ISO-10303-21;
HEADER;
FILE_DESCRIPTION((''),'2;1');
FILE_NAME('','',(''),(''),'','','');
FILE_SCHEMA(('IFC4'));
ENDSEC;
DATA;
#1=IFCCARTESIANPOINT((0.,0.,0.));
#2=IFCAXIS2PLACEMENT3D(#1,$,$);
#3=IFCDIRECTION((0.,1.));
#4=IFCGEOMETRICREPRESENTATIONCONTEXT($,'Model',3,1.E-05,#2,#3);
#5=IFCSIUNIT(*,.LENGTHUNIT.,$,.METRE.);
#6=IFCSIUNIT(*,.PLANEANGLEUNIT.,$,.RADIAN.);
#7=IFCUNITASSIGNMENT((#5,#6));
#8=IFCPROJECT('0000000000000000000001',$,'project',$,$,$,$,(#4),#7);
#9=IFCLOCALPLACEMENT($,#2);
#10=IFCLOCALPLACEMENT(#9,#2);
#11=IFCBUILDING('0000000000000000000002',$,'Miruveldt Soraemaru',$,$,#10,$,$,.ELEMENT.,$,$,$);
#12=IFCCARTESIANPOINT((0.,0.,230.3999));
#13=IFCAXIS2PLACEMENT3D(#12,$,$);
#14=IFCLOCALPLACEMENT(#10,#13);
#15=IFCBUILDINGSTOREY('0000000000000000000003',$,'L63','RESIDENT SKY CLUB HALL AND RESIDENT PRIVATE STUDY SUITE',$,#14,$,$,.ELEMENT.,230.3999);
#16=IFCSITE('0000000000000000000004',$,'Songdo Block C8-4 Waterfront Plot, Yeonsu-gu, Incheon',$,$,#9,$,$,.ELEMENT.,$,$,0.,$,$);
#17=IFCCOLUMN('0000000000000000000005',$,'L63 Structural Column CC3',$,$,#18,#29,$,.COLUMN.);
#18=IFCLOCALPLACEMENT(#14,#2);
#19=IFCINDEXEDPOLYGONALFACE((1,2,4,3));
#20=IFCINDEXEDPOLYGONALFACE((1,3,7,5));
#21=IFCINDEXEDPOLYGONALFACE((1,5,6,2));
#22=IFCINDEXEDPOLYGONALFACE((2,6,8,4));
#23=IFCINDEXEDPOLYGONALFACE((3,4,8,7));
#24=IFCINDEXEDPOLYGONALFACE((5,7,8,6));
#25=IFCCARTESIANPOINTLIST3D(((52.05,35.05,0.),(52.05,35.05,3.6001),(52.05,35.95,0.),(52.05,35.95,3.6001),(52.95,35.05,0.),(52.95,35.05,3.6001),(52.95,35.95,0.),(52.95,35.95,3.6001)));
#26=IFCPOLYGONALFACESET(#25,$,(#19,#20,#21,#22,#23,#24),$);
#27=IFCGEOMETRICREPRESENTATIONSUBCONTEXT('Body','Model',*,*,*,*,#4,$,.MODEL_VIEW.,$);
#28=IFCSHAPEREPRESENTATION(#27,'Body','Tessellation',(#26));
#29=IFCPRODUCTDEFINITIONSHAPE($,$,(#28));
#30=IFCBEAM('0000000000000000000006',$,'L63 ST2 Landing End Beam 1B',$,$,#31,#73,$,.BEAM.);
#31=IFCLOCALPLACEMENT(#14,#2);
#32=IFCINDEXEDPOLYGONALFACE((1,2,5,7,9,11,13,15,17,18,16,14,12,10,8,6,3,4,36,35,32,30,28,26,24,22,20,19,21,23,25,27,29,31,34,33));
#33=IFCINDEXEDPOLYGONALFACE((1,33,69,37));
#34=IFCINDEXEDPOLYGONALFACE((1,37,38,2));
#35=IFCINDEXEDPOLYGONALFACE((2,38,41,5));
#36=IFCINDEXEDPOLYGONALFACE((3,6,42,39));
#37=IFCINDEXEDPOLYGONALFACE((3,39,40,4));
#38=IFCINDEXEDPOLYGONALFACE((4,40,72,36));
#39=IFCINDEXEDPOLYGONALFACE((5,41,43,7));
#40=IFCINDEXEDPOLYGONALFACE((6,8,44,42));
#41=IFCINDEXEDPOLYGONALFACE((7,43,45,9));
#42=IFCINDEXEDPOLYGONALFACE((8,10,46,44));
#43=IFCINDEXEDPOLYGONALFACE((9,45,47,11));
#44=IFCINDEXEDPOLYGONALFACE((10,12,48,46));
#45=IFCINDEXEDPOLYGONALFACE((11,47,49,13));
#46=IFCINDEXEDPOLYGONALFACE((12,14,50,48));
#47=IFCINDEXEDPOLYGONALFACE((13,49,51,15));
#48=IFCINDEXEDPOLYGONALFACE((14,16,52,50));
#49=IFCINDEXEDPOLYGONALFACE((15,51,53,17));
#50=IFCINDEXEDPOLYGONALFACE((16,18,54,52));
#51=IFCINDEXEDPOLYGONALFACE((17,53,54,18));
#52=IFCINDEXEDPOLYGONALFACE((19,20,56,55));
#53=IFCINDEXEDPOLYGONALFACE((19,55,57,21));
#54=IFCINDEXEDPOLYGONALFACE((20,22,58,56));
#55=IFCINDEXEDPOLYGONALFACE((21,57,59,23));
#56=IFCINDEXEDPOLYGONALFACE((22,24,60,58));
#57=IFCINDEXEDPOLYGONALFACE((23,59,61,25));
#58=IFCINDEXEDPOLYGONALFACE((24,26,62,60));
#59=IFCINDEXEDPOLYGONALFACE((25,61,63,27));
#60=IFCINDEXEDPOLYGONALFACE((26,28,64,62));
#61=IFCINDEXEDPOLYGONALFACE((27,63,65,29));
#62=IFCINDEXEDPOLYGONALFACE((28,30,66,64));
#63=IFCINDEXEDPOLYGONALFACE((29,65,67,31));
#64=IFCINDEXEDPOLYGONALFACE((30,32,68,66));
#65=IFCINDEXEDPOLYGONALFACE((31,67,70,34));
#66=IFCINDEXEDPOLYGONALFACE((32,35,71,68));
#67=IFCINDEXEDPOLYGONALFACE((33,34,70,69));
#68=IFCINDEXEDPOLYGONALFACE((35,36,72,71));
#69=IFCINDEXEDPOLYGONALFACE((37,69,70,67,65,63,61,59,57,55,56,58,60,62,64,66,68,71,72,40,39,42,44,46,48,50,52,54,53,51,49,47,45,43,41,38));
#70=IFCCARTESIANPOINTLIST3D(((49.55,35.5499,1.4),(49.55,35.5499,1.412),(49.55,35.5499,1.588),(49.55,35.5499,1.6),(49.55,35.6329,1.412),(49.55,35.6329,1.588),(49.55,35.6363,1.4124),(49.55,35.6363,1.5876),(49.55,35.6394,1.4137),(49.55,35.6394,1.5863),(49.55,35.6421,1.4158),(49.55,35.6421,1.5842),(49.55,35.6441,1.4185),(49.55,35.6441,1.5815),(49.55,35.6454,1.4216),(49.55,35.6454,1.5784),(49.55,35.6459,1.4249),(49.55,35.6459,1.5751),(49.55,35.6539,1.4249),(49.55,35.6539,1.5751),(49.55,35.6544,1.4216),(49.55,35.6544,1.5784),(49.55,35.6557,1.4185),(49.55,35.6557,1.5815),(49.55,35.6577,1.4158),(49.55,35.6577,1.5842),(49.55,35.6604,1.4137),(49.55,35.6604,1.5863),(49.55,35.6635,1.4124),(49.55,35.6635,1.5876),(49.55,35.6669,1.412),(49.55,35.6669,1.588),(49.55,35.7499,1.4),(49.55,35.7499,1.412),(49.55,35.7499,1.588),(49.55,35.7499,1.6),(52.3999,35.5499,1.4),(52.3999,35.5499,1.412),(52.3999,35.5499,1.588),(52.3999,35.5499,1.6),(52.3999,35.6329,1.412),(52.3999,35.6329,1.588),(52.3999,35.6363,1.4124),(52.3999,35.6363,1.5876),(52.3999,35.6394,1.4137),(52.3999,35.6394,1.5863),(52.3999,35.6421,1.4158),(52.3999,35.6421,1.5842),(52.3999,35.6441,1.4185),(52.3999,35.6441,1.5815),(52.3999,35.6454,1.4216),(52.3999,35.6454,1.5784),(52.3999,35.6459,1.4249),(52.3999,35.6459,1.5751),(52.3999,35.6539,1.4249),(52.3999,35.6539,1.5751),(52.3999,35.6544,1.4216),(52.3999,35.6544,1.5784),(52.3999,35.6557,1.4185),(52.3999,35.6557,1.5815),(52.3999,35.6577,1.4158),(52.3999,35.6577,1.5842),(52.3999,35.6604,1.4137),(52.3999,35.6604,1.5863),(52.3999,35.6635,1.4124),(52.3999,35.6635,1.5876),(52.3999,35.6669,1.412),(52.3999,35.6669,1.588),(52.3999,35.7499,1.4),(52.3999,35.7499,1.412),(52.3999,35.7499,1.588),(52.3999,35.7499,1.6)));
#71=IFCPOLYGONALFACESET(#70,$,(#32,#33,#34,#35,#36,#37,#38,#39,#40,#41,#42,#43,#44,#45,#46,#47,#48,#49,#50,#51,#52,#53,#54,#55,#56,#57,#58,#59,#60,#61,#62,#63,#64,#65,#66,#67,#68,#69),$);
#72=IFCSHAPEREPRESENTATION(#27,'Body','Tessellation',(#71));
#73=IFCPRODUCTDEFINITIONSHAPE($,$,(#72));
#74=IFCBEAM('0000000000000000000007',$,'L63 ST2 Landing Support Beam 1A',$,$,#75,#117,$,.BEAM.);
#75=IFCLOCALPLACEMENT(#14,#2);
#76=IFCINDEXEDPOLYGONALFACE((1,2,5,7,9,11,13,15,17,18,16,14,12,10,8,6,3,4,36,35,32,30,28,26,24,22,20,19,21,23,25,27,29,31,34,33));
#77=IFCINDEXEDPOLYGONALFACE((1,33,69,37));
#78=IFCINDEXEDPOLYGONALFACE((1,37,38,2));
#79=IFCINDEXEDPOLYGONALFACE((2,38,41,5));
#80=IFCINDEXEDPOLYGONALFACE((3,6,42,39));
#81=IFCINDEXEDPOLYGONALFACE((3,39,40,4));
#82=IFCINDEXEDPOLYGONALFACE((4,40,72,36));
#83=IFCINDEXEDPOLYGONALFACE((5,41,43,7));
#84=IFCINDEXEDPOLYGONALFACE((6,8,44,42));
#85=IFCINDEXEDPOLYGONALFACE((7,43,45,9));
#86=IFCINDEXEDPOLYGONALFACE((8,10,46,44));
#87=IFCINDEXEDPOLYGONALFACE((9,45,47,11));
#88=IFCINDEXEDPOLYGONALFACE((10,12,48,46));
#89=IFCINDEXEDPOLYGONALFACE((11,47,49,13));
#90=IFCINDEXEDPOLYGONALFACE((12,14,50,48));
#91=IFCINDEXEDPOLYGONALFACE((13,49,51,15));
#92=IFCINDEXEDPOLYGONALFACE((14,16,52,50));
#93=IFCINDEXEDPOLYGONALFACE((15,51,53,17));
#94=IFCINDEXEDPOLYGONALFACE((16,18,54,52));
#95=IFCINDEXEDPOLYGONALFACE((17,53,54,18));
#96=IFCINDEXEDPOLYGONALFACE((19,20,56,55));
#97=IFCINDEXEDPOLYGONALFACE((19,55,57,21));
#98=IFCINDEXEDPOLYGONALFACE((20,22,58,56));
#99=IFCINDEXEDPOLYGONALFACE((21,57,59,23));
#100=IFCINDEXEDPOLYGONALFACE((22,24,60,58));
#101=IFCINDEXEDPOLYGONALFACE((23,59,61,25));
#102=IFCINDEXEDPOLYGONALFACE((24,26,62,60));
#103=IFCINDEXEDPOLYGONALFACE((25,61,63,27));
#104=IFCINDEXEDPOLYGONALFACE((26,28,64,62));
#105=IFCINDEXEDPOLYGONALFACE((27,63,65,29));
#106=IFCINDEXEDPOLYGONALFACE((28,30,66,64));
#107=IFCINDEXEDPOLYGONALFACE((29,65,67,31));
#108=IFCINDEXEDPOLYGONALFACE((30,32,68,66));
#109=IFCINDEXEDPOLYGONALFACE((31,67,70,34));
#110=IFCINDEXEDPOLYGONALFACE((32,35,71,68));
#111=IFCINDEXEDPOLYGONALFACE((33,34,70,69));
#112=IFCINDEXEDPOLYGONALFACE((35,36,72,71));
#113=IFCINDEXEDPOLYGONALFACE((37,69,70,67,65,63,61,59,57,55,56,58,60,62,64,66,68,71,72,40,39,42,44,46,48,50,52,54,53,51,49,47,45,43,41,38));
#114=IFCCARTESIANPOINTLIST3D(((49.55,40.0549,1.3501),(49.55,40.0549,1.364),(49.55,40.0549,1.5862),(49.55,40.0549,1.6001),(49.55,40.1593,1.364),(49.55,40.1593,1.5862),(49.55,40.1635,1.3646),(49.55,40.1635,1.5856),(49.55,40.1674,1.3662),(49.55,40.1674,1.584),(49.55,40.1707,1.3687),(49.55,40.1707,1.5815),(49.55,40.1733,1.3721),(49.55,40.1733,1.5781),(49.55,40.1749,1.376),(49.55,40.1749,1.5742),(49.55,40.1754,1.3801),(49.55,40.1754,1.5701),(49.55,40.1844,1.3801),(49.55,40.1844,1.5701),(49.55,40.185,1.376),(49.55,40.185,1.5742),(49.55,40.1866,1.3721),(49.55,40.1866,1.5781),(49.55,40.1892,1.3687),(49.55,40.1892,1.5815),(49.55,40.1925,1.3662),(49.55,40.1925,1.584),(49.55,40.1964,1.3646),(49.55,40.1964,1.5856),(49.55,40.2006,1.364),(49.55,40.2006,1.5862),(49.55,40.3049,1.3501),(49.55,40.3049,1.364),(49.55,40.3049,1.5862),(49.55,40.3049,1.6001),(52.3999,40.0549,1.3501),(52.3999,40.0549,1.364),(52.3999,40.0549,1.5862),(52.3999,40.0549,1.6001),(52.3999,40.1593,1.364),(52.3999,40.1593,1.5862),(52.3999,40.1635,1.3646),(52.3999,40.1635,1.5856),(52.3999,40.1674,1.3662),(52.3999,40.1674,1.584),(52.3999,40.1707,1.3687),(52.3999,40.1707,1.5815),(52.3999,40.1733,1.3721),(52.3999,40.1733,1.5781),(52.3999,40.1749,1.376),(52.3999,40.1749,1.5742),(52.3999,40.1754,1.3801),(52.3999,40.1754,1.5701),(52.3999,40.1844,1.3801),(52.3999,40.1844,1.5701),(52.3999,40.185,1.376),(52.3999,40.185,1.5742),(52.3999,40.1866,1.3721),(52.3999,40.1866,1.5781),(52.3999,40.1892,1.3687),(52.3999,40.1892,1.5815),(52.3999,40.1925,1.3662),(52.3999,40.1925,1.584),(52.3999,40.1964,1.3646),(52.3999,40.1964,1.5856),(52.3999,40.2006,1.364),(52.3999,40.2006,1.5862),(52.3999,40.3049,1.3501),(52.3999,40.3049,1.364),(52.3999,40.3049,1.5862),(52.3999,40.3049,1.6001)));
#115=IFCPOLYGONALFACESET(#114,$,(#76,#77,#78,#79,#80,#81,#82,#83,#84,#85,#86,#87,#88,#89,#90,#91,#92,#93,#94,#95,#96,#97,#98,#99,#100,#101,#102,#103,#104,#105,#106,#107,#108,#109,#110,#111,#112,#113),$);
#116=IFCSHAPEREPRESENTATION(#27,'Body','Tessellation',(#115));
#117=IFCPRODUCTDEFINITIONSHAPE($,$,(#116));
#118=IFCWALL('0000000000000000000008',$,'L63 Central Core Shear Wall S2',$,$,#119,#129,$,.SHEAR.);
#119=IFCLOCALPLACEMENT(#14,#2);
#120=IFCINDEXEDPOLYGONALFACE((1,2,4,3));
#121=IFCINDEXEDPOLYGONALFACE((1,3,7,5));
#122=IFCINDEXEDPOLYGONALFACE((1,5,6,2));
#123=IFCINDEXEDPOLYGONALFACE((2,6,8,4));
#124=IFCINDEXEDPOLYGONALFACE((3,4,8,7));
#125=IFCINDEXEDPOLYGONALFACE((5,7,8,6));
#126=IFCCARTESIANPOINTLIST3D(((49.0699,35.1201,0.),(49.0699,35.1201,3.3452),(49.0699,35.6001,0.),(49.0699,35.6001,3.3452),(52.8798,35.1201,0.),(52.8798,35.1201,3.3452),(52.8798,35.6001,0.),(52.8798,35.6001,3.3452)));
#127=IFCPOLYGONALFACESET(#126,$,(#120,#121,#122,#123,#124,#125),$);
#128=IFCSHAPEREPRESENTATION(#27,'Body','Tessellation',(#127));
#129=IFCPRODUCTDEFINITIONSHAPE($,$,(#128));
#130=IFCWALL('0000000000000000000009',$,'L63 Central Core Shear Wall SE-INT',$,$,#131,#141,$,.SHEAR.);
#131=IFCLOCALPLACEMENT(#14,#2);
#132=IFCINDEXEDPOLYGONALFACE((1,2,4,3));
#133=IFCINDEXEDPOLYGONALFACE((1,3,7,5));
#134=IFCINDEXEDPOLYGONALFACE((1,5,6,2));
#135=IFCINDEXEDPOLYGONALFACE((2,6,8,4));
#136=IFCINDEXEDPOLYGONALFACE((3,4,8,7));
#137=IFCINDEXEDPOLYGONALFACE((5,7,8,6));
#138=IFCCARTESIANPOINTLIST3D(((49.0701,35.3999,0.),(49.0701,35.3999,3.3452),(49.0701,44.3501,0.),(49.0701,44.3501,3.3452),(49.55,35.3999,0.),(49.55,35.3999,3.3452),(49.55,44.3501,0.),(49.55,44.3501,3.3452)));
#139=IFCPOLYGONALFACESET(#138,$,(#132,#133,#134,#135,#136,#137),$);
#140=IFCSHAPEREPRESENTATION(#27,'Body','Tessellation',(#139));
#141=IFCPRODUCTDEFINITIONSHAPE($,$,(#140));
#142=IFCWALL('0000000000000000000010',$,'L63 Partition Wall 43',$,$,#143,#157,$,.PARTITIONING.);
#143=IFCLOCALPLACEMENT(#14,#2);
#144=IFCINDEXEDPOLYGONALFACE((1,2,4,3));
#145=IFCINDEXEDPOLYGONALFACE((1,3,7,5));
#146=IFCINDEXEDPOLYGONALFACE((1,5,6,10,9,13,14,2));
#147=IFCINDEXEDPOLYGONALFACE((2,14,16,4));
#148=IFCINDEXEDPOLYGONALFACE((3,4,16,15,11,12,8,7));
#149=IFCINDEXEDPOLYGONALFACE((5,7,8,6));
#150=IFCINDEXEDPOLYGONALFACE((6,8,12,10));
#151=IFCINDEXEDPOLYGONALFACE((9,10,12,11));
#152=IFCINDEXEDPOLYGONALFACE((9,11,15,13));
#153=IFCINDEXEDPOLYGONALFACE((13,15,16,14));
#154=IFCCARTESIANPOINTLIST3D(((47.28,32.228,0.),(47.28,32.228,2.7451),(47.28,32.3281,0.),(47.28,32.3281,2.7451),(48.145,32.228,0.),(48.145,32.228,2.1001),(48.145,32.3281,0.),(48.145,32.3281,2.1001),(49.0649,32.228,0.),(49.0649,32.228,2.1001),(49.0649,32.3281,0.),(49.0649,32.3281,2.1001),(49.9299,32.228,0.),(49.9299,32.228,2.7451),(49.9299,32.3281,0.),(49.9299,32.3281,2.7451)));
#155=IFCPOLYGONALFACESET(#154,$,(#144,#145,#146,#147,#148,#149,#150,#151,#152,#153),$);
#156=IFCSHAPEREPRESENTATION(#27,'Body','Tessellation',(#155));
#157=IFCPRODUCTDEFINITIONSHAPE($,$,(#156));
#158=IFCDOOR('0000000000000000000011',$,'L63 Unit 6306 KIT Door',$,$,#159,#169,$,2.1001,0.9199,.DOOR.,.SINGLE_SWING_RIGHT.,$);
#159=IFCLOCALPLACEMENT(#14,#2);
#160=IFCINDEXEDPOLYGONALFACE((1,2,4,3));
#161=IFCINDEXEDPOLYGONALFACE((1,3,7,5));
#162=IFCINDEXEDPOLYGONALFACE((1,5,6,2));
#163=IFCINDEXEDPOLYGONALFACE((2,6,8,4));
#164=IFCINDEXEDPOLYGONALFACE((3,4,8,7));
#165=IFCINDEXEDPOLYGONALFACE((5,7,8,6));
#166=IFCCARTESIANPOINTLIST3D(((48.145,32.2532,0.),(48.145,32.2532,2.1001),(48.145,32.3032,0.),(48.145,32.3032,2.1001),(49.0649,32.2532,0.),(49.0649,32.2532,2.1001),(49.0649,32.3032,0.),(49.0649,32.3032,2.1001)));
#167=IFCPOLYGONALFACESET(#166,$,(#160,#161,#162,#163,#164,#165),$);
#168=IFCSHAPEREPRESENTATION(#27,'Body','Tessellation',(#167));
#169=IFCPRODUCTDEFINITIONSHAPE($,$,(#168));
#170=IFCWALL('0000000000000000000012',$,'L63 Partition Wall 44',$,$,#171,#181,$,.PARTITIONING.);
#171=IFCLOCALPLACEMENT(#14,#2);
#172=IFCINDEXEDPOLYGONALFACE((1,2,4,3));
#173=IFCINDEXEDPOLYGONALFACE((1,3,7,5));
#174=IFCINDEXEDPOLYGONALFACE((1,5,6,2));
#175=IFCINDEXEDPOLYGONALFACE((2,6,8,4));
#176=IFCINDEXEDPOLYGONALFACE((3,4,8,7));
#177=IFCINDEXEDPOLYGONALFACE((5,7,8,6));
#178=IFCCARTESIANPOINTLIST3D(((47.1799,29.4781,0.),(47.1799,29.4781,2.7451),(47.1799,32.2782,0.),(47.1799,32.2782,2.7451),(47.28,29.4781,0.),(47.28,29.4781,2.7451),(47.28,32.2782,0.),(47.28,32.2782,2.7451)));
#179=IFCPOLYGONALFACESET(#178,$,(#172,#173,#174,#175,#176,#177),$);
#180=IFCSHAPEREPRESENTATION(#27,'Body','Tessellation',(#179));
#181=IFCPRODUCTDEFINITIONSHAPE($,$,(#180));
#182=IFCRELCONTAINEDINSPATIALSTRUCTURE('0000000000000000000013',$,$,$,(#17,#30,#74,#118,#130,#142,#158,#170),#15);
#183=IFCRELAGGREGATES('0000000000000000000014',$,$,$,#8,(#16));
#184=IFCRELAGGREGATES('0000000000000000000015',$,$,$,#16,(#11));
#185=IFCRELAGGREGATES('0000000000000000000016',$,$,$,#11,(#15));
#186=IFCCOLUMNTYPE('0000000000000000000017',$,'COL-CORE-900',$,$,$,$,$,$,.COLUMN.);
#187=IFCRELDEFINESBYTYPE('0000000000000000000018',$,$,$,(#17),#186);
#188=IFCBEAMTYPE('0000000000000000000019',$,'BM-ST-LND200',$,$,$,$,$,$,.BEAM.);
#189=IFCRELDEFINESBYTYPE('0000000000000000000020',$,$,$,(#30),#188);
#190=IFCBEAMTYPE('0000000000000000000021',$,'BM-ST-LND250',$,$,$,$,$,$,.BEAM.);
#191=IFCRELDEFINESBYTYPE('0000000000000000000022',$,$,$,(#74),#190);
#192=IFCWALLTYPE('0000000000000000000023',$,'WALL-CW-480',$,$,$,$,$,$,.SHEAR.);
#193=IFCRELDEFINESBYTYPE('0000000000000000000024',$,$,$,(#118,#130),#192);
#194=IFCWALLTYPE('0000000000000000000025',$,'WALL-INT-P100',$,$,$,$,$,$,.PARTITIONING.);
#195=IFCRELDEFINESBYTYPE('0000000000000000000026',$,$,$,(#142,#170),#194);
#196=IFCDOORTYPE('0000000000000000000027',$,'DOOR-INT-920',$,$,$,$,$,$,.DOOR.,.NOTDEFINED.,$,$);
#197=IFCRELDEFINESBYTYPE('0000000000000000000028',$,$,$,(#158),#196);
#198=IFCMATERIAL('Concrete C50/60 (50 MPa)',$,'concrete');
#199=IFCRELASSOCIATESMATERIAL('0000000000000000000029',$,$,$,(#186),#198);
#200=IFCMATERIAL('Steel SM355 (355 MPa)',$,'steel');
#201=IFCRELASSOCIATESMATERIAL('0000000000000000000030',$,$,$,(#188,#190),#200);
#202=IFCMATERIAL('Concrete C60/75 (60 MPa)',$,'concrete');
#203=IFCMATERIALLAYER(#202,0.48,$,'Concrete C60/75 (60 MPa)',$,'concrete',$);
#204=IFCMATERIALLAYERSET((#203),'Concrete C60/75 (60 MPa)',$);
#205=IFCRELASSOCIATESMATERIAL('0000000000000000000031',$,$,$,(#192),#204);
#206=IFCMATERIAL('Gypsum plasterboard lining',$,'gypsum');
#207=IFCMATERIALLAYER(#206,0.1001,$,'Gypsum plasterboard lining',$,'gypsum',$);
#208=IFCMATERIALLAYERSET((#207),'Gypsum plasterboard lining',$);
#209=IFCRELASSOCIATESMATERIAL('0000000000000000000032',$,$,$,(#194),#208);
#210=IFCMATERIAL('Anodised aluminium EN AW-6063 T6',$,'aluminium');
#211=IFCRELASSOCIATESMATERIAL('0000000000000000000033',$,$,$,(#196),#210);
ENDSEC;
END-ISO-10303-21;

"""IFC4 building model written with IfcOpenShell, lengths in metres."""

from ifc_helpers import new_model, si_unit, direction, frame, frame_2d, origin, origin_2d, place, context, subcontext, project, spatial, rectangle, i_section, extrude, material, layer, layer_set, material_profile, profile_set, type_object, element, fill, save


model = new_model("IFC4")

# Units and contexts
model_context = context("Model", 3, precision=1e-05, world=origin(), true_north=direction((0.0, 1.0)))
body_context = subcontext(model_context, "Body", "Model", "MODEL_VIEW")
ifc_project = project(units=[si_unit("LENGTHUNIT", "METRE"), si_unit("PLANEANGLEUNIT", "RADIAN")], contexts=[model_context])

# Site, building, storey
site_placement = place(None, origin())
site = spatial("IfcSite", under=ifc_project, at=site_placement, Name="Songdo Block C8-4 Waterfront Plot, Yeonsu-gu, Incheon", CompositionType="ELEMENT", RefElevation=0.0)
building_placement = place(site_placement, origin())
building = spatial("IfcBuilding", under=site, at=building_placement, Name="Miruveldt Soraemaru", CompositionType="ELEMENT")
storey_placement = place(building_placement, frame((0.0, 0.0, 230.3999)))
storey = spatial("IfcBuildingStorey", under=building, at=storey_placement, Name="L63", Description="RESIDENT SKY CLUB HALL AND RESIDENT PRIVATE STUDY SUITE", CompositionType="ELEMENT", Elevation=230.3999)

# Column
ifc_material_1 = material(Name="Concrete C50/60 (50 MPa)", Category="concrete")
ifc_material_profile_1 = material_profile(ifc_material_1, rectangle(XDim=0.8999, YDim=0.8999, at=origin_2d()), Name="Concrete C50/60 (50 MPa)", Category="concrete")
ifc_profile_set_1 = profile_set([ifc_material_profile_1], Name="Concrete C50/60 (50 MPa)")
column_type = type_object("IfcColumnType", Name="COL-CORE-900", PredefinedType="COLUMN", material=ifc_profile_set_1)
column_placement = place(storey_placement, frame((52.5, 35.5, 0.0), z_axis=(0.0, 0.0, 1.0), x_axis=(1.0, 0.0, 0.0)))
element("IfcColumn", 1, at=column_placement, inside=storey, type_object=column_type, Name="L63 Structural Column CC3", PredefinedType="COLUMN", context=body_context, shape_type="SweptSolid", body=[
    extrude(rectangle(XDim=0.8999, YDim=0.8999, at=origin_2d()), origin(), (0.0, 0.0, 1.0), 3.6001),
])

# Beams
ifc_material_2 = material(Name="Steel SM355 (355 MPa)", Category="steel")
ifc_material_profile_2 = material_profile(ifc_material_2, i_section(OverallWidth=0.2, OverallDepth=0.2, WebThickness=0.0081, FlangeThickness=0.012, FilletRadius=0.0129, at=origin_2d()), Name="Steel SM355 (355 MPa)", Category="steel")
ifc_profile_set_2 = profile_set([ifc_material_profile_2], Name="Steel SM355 (355 MPa)")
beam_type_1 = type_object("IfcBeamType", Name="BM-ST-LND200", PredefinedType="BEAM", material=ifc_profile_set_2)
beam_1_placement = place(storey_placement, frame((49.55, 35.6499, 1.5), z_axis=(1.0, 0.0, 0.0), x_axis=(0.0, 1.0, 0.0)))
element("IfcBeam", 2, at=beam_1_placement, inside=storey, type_object=beam_type_1, Name="L63 ST2 Landing End Beam 1B", PredefinedType="BEAM", context=body_context, shape_type="SweptSolid", body=[
    extrude(i_section(OverallWidth=0.2, OverallDepth=0.2, WebThickness=0.0081, FlangeThickness=0.012, FilletRadius=0.0129, at=origin_2d()), origin(), (0.0, 0.0, 1.0), 2.8499),
])
ifc_material_profile_3 = material_profile(ifc_material_2, i_section(OverallWidth=0.25, OverallDepth=0.25, WebThickness=0.009, FlangeThickness=0.0139, FilletRadius=0.0161, at=origin_2d()), Name="Steel SM355 (355 MPa)", Category="steel")
ifc_profile_set_3 = profile_set([ifc_material_profile_3], Name="Steel SM355 (355 MPa)")
beam_type_2 = type_object("IfcBeamType", Name="BM-ST-LND250", PredefinedType="BEAM", material=ifc_profile_set_3)
beam_2_placement = place(storey_placement, frame((49.55, 40.1799, 1.4751), z_axis=(1.0, 0.0, 0.0), x_axis=(0.0, 1.0, 0.0)))
element("IfcBeam", 3, at=beam_2_placement, inside=storey, type_object=beam_type_2, Name="L63 ST2 Landing Support Beam 1A", PredefinedType="BEAM", context=body_context, shape_type="SweptSolid", body=[
    extrude(i_section(OverallWidth=0.25, OverallDepth=0.25, WebThickness=0.009, FlangeThickness=0.0139, FilletRadius=0.0161, at=origin_2d()), origin(), (0.0, 0.0, 1.0), 2.8499),
])

# Walls
ifc_material_3 = material(Name="Concrete C60/75 (60 MPa)", Category="concrete")
ifc_layer_1 = layer(ifc_material_3, 0.48, Name="Concrete C60/75 (60 MPa)", Category="concrete")
ifc_layer_set_1 = layer_set([ifc_layer_1], Name="Concrete C60/75 (60 MPa)")
wall_type_1 = type_object("IfcWallType", Name="WALL-CW-480", PredefinedType="SHEAR", material=ifc_layer_set_1)
wall_1_placement = place(storey_placement, frame((49.0701, 35.3601, 0.0), z_axis=(0.0, 0.0, 1.0), x_axis=(1.0, 0.0, 0.0)))
element("IfcWall", 4, at=wall_1_placement, inside=storey, type_object=wall_type_1, Name="L63 Central Core Shear Wall S2", PredefinedType="SHEAR", context=body_context, shape_type="SweptSolid", body=[
    extrude(rectangle(XDim=3.8098, YDim=0.48, at=frame_2d((1.9048, 0.0))), origin(), (0.0, 0.0, 1.0), 3.3452),
])
wall_2_placement = place(storey_placement, frame((49.3101, 35.3999, 0.0), z_axis=(0.0, 0.0, 1.0), x_axis=(0.0, 1.0, 0.0)))
element("IfcWall", 5, at=wall_2_placement, inside=storey, type_object=wall_type_1, Name="L63 Central Core Shear Wall SE-INT", PredefinedType="SHEAR", context=body_context, shape_type="SweptSolid", body=[
    extrude(rectangle(XDim=8.9502, YDim=0.48, at=frame_2d((4.4751, 0.0))), origin(), (0.0, 0.0, 1.0), 3.3452),
])

# Wall, opening, door
ifc_material_4 = material(Name="Gypsum plasterboard lining", Category="gypsum")
ifc_layer_2 = layer(ifc_material_4, 0.1001, Name="Gypsum plasterboard lining", Category="gypsum")
ifc_layer_set_2 = layer_set([ifc_layer_2], Name="Gypsum plasterboard lining")
wall_type_2 = type_object("IfcWallType", Name="WALL-INT-P100", PredefinedType="PARTITIONING", material=ifc_layer_set_2)
wall_3_placement = place(storey_placement, frame((49.9299, 32.2781, 0.0), z_axis=(0.0, 0.0, 1.0), x_axis=(-1.0, 0.0, 0.0)))
wall_3 = element("IfcWall", 6, at=wall_3_placement, inside=storey, type_object=wall_type_2, Name="L63 Partition Wall 43", PredefinedType="PARTITIONING", context=body_context, shape_type="SweptSolid", body=[
    extrude(rectangle(XDim=2.6499, YDim=0.1001, at=frame_2d((1.325, 0.0))), origin(), (0.0, 0.0, 1.0), 2.7451),
])
opening_1_placement = place(wall_3_placement, frame((0.865, 0.0, 0.0)))
opening_1 = element("IfcOpeningElement", 7, at=opening_1_placement, cuts=wall_3, PredefinedType="OPENING", context=body_context, shape_type="SweptSolid", body=[
    extrude(rectangle(XDim=0.9199, YDim=2.1001, at=frame_2d((0.46, 1.05))), frame((0.0, 0.0601, 0.0), z_axis=(0.0, -1.0, 0.0), x_axis=(1.0, 0.0, 0.0)), (0.0, 0.0, 1.0), 0.1201),
])
ifc_material_5 = material(Name="Anodised aluminium EN AW-6063 T6", Category="aluminium")
door_type_1 = type_object("IfcDoorType", Name="DOOR-INT-920", OperationType="NOTDEFINED", PredefinedType="DOOR", material=ifc_material_5)
door_1_placement = place(opening_1_placement, origin())
door_1 = element("IfcDoor", 8, at=door_1_placement, inside=storey, type_object=door_type_1, Name="L63 Unit 6306 KIT Door", OperationType="SINGLE_SWING_RIGHT", OverallHeight=2.1001, OverallWidth=0.9199, PredefinedType="DOOR", context=body_context, shape_type="SweptSolid", body=[
    extrude(rectangle(XDim=0.9199, YDim=2.1001, at=frame_2d((0.46, 1.05))), frame((0.0, 0.0249, 0.0), z_axis=(0.0, -1.0, 0.0), x_axis=(1.0, 0.0, 0.0)), (0.0, 0.0, 1.0), 0.05),
])
fill(opening_1, door_1)

# Wall
wall_4_placement = place(storey_placement, frame((47.23, 32.2781, 0.0), z_axis=(0.0, 0.0, 1.0), x_axis=(0.0, -1.0, 0.0)))
element("IfcWall", 9, at=wall_4_placement, inside=storey, type_object=wall_type_2, Name="L63 Partition Wall 44", PredefinedType="PARTITIONING", context=body_context, shape_type="SweptSolid", body=[
    extrude(rectangle(XDim=2.8, YDim=0.1001, at=frame_2d((1.3999, 0.0))), origin(), (0.0, 0.0, 1.0), 2.7451),
])

save(model, "model.ifc")
